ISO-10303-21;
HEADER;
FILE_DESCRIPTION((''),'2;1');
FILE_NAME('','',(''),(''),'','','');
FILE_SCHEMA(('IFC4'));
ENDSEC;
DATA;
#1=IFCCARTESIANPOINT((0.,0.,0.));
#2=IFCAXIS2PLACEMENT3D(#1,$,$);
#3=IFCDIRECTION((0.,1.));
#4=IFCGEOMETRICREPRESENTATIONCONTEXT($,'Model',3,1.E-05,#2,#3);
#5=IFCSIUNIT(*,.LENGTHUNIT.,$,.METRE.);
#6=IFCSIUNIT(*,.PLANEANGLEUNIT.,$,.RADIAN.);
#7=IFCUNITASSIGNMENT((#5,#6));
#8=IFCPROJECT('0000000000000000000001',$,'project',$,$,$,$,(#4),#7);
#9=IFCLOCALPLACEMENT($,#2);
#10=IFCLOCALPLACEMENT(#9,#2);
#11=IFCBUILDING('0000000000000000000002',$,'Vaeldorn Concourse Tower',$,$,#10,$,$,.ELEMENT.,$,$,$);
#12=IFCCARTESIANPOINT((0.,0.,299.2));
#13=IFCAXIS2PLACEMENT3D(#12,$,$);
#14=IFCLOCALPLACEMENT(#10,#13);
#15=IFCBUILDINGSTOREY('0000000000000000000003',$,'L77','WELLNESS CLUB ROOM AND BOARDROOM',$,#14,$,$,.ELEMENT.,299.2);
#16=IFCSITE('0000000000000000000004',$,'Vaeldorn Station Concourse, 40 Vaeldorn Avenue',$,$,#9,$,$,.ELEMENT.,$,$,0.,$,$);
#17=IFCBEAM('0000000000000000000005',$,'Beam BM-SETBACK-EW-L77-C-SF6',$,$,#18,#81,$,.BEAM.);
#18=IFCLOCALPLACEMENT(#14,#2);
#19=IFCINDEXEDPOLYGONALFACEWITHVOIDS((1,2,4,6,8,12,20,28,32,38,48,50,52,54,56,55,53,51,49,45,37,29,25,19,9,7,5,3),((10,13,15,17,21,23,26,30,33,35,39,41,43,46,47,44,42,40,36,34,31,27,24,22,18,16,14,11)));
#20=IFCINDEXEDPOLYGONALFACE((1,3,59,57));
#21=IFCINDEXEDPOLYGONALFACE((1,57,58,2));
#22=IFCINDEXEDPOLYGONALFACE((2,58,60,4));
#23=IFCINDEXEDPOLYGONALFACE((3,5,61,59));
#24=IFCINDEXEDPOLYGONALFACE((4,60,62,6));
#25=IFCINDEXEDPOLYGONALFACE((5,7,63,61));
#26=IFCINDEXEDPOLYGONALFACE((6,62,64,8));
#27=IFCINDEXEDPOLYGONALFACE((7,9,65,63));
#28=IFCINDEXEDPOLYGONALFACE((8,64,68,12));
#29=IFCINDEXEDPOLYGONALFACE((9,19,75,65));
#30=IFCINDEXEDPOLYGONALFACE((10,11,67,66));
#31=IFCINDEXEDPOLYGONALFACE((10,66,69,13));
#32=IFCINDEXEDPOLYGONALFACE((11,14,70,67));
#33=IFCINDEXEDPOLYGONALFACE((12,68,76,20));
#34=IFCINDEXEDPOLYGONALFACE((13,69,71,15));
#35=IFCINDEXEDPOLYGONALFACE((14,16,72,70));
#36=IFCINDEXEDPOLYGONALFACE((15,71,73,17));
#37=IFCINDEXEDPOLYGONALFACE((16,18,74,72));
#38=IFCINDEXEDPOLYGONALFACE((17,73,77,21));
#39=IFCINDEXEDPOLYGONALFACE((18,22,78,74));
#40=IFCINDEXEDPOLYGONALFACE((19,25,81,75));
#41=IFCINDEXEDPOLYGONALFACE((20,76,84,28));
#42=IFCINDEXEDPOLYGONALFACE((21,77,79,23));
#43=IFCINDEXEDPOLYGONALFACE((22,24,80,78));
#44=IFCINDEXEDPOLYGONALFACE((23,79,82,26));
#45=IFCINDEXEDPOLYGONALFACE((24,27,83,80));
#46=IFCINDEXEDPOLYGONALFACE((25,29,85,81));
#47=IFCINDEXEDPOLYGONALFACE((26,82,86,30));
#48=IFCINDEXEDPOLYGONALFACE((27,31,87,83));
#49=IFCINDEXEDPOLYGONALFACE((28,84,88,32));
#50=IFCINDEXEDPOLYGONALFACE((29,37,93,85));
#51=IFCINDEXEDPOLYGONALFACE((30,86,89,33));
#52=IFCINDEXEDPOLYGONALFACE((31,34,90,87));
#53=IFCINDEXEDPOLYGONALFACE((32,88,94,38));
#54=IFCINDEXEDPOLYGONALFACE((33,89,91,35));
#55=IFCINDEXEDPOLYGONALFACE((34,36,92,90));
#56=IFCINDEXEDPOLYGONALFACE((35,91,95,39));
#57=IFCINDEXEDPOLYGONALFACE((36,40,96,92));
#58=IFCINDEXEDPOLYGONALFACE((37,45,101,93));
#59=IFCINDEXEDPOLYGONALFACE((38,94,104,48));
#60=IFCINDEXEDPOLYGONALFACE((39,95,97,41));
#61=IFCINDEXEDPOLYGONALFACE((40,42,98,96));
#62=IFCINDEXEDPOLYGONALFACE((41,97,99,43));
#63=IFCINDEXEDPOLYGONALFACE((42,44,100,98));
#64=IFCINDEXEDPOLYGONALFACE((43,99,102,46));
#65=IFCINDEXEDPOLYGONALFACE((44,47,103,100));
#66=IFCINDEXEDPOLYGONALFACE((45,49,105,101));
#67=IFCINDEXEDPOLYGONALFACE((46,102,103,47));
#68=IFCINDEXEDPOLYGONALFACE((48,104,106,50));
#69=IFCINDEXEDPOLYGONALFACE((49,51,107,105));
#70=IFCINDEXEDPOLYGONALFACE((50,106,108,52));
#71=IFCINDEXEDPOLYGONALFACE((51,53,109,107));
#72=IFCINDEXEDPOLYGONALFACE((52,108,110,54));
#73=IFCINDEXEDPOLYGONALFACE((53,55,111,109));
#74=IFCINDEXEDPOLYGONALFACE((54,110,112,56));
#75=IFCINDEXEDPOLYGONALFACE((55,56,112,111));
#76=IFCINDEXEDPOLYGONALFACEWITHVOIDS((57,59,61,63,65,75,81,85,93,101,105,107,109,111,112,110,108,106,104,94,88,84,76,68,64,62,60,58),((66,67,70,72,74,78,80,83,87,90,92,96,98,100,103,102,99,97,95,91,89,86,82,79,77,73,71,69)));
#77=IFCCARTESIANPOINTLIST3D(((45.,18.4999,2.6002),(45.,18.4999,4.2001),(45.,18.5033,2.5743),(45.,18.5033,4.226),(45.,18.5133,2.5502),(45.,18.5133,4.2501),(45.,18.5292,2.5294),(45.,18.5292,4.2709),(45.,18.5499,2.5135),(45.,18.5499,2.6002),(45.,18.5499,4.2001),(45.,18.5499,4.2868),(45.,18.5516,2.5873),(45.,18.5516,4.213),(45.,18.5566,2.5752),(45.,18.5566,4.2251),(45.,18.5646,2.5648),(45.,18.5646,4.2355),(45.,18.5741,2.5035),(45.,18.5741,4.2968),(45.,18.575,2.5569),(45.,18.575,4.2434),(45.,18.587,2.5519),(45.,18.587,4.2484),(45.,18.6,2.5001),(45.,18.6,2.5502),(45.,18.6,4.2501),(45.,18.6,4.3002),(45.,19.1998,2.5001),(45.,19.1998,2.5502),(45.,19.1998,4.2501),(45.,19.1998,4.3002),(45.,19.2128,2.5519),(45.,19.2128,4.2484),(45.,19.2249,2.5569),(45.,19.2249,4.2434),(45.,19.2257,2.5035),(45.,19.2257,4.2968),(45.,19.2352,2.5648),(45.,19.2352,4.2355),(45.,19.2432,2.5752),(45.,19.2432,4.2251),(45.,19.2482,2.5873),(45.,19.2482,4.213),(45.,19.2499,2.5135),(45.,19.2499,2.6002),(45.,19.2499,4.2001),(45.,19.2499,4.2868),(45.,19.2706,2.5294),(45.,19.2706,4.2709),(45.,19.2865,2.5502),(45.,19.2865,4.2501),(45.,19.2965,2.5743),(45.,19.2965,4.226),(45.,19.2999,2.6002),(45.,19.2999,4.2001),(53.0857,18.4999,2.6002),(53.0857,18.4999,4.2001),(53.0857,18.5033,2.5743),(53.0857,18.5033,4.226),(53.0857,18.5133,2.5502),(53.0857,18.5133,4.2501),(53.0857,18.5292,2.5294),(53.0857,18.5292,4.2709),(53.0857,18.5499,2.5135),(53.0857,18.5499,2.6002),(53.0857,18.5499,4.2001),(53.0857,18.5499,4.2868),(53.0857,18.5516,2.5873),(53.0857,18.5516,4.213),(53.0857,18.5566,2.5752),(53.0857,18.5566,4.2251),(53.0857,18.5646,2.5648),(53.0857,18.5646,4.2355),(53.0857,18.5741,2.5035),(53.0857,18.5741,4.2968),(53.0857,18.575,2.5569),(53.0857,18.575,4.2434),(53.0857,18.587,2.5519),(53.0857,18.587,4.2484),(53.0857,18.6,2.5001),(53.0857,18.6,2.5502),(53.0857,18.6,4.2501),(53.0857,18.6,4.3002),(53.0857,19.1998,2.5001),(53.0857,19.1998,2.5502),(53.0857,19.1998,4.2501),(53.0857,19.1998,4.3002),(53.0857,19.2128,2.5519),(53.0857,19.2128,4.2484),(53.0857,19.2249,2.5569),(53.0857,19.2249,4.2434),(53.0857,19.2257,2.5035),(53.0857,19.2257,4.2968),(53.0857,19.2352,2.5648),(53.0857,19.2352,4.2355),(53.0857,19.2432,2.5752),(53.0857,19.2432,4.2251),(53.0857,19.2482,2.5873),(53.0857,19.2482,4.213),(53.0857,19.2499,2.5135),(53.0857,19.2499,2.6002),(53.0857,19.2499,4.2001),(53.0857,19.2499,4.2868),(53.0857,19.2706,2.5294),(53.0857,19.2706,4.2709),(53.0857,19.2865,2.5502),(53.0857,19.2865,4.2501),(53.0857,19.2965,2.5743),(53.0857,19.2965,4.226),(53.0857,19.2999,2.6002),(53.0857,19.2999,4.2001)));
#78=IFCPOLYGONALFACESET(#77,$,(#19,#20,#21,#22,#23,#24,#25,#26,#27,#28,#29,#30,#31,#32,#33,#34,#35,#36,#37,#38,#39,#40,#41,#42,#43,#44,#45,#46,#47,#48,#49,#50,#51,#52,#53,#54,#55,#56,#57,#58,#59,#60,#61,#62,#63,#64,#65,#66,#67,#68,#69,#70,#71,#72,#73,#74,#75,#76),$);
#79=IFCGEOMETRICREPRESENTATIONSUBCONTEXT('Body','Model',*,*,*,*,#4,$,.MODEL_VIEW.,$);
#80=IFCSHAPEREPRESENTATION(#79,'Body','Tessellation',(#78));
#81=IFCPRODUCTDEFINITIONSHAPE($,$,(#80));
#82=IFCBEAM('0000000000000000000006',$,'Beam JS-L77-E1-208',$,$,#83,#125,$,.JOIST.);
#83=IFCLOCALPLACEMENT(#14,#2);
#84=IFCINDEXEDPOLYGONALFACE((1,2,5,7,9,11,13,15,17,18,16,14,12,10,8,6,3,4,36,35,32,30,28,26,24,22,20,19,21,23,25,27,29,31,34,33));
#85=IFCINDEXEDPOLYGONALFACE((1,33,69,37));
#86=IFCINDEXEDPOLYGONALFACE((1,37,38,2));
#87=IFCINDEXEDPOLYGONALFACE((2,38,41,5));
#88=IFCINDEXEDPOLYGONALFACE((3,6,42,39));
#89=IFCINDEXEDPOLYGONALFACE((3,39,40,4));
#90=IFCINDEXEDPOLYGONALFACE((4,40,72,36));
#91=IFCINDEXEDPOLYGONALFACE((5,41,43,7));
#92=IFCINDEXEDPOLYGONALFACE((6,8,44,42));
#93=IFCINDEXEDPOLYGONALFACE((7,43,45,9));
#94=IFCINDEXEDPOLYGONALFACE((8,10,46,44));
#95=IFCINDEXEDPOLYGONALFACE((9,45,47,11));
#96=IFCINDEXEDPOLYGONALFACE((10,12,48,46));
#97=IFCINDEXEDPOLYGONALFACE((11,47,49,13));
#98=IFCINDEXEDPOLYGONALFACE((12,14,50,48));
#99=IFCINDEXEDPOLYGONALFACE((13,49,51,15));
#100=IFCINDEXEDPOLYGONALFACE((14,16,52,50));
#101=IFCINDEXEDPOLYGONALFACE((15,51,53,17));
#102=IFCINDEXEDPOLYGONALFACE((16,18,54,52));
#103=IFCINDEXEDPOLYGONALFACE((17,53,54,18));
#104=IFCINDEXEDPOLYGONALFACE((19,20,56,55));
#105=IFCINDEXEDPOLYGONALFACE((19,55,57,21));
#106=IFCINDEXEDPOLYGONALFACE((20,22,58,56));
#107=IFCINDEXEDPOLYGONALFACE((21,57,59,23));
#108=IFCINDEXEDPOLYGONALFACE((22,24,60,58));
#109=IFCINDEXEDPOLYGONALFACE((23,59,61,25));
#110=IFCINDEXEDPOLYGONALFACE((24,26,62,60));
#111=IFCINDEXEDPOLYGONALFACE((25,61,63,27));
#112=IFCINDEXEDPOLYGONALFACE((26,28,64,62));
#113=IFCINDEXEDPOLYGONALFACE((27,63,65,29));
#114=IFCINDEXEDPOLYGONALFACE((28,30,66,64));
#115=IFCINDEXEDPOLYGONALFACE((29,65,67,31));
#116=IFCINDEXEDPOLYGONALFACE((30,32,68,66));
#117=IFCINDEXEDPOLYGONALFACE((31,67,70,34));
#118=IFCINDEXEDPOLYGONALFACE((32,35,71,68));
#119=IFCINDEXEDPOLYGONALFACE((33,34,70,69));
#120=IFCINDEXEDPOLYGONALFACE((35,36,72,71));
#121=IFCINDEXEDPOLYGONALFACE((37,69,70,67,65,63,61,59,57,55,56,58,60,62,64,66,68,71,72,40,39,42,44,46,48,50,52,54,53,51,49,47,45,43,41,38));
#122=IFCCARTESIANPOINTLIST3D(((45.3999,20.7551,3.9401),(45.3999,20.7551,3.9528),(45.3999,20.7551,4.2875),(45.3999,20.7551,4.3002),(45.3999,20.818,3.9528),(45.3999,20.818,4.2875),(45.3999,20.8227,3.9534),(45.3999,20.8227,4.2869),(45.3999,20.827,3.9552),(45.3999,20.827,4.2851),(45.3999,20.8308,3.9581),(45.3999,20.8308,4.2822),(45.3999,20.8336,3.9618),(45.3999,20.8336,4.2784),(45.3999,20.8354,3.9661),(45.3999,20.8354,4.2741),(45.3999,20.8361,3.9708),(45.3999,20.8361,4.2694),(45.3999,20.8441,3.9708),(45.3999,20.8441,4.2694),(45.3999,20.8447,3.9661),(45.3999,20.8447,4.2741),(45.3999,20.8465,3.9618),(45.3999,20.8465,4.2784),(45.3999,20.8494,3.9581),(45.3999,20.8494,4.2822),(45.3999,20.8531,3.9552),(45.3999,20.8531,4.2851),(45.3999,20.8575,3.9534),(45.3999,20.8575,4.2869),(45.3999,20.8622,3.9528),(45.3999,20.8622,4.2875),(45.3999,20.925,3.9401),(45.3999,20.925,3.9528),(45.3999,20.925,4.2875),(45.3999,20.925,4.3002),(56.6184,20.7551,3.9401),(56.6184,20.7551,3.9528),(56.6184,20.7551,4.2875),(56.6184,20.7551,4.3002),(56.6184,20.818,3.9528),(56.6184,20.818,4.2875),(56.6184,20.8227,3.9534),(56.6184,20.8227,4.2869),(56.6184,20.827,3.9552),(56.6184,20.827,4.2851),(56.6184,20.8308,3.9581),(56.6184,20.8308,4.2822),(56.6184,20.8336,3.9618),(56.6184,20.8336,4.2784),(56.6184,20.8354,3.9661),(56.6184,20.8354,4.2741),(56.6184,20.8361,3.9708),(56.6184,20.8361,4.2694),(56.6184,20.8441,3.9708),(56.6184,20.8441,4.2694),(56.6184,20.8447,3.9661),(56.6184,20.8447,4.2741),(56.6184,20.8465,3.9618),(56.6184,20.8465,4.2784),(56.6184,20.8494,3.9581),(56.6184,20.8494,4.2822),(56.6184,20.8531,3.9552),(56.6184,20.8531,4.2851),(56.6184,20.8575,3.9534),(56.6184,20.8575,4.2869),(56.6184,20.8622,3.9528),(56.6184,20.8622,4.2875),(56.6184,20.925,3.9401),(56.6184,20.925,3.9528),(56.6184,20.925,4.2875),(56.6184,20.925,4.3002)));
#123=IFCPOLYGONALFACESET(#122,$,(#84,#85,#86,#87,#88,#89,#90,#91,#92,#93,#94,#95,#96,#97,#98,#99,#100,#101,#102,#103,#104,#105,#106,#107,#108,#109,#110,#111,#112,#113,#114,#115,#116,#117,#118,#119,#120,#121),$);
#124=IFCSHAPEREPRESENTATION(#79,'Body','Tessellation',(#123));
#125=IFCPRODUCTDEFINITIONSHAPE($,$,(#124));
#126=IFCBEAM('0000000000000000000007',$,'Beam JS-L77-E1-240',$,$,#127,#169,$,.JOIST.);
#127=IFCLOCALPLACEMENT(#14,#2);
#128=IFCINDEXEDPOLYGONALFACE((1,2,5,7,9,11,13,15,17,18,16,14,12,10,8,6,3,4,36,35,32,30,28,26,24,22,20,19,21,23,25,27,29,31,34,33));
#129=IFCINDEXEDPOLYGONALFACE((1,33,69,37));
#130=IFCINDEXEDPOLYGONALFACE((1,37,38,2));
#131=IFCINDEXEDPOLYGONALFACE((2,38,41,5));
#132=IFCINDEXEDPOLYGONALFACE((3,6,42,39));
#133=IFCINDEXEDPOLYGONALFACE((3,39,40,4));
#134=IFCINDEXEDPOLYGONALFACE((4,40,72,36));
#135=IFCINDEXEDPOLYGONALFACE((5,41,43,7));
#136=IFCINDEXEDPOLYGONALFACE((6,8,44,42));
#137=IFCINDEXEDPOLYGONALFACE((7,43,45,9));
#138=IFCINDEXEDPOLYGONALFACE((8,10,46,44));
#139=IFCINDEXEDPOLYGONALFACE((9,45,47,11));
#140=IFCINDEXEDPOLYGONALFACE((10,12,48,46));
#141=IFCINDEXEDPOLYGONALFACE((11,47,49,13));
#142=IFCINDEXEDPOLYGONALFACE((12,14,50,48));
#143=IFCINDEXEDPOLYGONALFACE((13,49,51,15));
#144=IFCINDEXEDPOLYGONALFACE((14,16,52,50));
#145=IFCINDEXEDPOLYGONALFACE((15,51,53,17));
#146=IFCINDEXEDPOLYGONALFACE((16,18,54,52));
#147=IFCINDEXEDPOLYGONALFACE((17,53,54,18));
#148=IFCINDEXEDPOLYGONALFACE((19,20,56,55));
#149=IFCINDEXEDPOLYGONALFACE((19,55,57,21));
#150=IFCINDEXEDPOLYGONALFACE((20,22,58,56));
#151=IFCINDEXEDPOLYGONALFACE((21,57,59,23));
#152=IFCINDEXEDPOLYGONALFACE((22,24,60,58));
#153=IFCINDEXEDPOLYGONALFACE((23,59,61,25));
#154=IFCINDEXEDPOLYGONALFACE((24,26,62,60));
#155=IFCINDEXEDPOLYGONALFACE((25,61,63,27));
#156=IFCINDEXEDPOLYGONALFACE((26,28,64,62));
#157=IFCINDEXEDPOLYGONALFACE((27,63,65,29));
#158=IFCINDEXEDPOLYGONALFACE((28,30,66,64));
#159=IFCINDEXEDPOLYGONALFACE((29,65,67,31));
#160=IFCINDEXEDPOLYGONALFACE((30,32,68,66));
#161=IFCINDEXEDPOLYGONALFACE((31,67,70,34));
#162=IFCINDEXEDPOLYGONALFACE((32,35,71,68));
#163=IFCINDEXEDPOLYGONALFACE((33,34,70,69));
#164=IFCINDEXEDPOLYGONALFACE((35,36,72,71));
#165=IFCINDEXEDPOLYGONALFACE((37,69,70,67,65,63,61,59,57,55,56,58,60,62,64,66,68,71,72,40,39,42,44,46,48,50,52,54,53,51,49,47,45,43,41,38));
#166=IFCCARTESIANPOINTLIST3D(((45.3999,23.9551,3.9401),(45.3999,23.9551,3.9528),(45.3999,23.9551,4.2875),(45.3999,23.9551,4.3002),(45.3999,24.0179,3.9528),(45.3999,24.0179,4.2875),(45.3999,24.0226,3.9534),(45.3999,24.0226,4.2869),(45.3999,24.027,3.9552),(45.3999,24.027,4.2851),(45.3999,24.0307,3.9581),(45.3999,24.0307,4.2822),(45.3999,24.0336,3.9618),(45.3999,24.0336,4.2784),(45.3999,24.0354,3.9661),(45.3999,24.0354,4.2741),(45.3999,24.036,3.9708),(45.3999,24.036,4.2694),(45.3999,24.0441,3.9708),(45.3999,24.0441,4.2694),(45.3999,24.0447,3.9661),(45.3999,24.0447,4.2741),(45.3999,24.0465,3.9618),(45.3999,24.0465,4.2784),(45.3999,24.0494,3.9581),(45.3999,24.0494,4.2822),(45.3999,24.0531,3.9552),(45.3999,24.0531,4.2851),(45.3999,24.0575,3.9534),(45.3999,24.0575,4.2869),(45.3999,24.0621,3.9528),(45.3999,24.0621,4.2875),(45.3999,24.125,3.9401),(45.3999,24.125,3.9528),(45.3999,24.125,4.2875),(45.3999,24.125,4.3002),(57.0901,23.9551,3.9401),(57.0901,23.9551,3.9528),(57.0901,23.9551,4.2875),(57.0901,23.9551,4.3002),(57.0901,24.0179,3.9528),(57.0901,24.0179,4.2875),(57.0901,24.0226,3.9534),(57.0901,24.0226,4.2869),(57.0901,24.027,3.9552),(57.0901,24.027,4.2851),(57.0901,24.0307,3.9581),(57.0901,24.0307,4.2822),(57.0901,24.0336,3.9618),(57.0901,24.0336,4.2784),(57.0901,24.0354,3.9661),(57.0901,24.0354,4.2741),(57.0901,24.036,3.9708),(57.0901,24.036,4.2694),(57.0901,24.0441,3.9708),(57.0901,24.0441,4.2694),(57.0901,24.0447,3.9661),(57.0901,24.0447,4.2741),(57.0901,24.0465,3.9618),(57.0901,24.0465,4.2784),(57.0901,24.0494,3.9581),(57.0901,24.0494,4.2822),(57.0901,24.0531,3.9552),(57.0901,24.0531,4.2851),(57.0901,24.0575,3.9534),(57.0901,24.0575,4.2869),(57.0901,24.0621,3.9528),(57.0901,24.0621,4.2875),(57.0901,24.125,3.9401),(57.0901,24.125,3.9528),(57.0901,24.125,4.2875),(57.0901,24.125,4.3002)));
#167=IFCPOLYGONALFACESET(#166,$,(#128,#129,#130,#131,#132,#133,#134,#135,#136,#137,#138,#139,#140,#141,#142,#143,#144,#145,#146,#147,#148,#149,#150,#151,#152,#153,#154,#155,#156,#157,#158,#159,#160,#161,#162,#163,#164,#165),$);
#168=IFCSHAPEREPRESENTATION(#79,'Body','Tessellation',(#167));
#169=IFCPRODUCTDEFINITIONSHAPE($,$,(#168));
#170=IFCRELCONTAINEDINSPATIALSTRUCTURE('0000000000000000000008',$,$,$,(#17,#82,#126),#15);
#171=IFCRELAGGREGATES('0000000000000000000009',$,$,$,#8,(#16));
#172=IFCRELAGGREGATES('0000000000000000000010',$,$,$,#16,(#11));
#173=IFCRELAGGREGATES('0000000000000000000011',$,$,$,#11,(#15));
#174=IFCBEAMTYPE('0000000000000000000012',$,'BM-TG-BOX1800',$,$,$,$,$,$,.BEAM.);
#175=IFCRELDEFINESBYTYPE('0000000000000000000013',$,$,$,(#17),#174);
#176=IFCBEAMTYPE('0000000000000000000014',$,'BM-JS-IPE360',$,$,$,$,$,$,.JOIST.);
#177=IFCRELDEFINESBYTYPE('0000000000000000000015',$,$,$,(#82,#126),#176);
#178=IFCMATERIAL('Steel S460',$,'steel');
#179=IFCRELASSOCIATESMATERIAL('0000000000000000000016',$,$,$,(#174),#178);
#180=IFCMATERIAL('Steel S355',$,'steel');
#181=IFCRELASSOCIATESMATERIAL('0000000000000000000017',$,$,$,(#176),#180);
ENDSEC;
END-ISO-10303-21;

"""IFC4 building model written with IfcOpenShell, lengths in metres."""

from ifc_helpers import new_model, si_unit, direction, frame, origin, origin_2d, place, context, subcontext, project, spatial, hollow_rectangle, i_section, extrude, source, transform, mapped, material, material_profile, profile_set, type_object, element, save


model = new_model("IFC4")

# Units and contexts
model_context = context("Model", 3, precision=1e-05, world=origin(), true_north=direction((0.0, 1.0)))
body_context = subcontext(model_context, "Body", "Model", "MODEL_VIEW")
ifc_project = project(units=[si_unit("LENGTHUNIT", "METRE"), si_unit("PLANEANGLEUNIT", "RADIAN")], contexts=[model_context])

# Site, building, storey
site_placement = place(None, origin())
site = spatial("IfcSite", under=ifc_project, at=site_placement, Name="Vaeldorn Station Concourse, 40 Vaeldorn Avenue", CompositionType="ELEMENT", RefElevation=0.0)
building_placement = place(site_placement, origin())
building = spatial("IfcBuilding", under=site, at=building_placement, Name="Vaeldorn Concourse Tower", CompositionType="ELEMENT")
storey_placement = place(building_placement, frame((0.0, 0.0, 299.2)))
storey = spatial("IfcBuildingStorey", under=building, at=storey_placement, Name="L77", Description="WELLNESS CLUB ROOM AND BOARDROOM", CompositionType="ELEMENT", Elevation=299.2)

# Shared definitions
ifc_material_1 = material(Name="Steel S355", Category="steel")

# Beams
ifc_material_2 = material(Name="Steel S460", Category="steel")
ifc_material_profile_1 = material_profile(ifc_material_2, hollow_rectangle(XDim=0.8, YDim=1.8, WallThickness=0.05, InnerFilletRadius=0.05, OuterFilletRadius=0.1001, at=origin_2d()), Name="RHS 1800x800x50")
ifc_profile_set_1 = profile_set([ifc_material_profile_1], Name="Steel S460")
beam_type_1 = type_object("IfcBeamType", Name="BM-TG-BOX1800", PredefinedType="BEAM", material=ifc_profile_set_1)
shared_shape_1 = source(origin(), body_context, "Body", "SweptSolid", [
    extrude(hollow_rectangle(XDim=0.8, YDim=1.8, WallThickness=0.05, InnerFilletRadius=0.05, OuterFilletRadius=0.1001, at=origin_2d()), origin(), (0.0, 0.0, 1.0), 8.0857),
])
beam_1_placement = place(storey_placement, frame((53.0857, 18.8999, 3.4001), z_axis=(-1.0, 0.0, 0.0), x_axis=(0.0, -1.0, 0.0)))
element("IfcBeam", 1, at=beam_1_placement, inside=storey, type_object=beam_type_1, Name="Beam BM-SETBACK-EW-L77-C-SF6", PredefinedType="BEAM", context=body_context, shape_type="MappedRepresentation", body=[
    mapped(shared_shape_1, transform((0.0, 0.0, 0.0), scale=1.0)),
])
ifc_material_profile_2 = material_profile(ifc_material_1, i_section(OverallWidth=0.1699, OverallDepth=0.3601, WebThickness=0.0081, FlangeThickness=0.0127, FilletRadius=0.0181, at=origin_2d()), Name="IPE 360")
ifc_profile_set_2 = profile_set([ifc_material_profile_2], Name="Steel S355")
beam_type_2 = type_object("IfcBeamType", Name="BM-JS-IPE360", PredefinedType="JOIST", material=ifc_profile_set_2)
shared_shape_2 = source(origin(), body_context, "Body", "SweptSolid", [
    extrude(i_section(OverallWidth=0.1699, OverallDepth=0.3601, WebThickness=0.0081, FlangeThickness=0.0127, FilletRadius=0.0181, at=origin_2d()), origin(), (0.0, 0.0, 1.0), 11.2185),
])
beam_2_placement = place(storey_placement, frame((45.3999, 20.8401, 4.1201), z_axis=(1.0, 0.0, 0.0), x_axis=(0.0, 1.0, 0.0)))
element("IfcBeam", 2, at=beam_2_placement, inside=storey, type_object=beam_type_2, Name="Beam JS-L77-E1-208", PredefinedType="JOIST", context=body_context, shape_type="MappedRepresentation", body=[
    mapped(shared_shape_2, transform((0.0, 0.0, 0.0), scale=1.0)),
])
shared_shape_3 = source(origin(), body_context, "Body", "SweptSolid", [
    extrude(i_section(OverallWidth=0.1699, OverallDepth=0.3601, WebThickness=0.0081, FlangeThickness=0.0127, FilletRadius=0.0181, at=origin_2d()), origin(), (0.0, 0.0, 1.0), 11.6902),
])
beam_3_placement = place(storey_placement, frame((45.3999, 24.04, 4.1201), z_axis=(1.0, 0.0, 0.0), x_axis=(0.0, 1.0, 0.0)))
element("IfcBeam", 3, at=beam_3_placement, inside=storey, type_object=beam_type_2, Name="Beam JS-L77-E1-240", PredefinedType="JOIST", context=body_context, shape_type="MappedRepresentation", body=[
    mapped(shared_shape_3, transform((0.0, 0.0, 0.0), scale=1.0)),
])

save(model, "model.ifc")
